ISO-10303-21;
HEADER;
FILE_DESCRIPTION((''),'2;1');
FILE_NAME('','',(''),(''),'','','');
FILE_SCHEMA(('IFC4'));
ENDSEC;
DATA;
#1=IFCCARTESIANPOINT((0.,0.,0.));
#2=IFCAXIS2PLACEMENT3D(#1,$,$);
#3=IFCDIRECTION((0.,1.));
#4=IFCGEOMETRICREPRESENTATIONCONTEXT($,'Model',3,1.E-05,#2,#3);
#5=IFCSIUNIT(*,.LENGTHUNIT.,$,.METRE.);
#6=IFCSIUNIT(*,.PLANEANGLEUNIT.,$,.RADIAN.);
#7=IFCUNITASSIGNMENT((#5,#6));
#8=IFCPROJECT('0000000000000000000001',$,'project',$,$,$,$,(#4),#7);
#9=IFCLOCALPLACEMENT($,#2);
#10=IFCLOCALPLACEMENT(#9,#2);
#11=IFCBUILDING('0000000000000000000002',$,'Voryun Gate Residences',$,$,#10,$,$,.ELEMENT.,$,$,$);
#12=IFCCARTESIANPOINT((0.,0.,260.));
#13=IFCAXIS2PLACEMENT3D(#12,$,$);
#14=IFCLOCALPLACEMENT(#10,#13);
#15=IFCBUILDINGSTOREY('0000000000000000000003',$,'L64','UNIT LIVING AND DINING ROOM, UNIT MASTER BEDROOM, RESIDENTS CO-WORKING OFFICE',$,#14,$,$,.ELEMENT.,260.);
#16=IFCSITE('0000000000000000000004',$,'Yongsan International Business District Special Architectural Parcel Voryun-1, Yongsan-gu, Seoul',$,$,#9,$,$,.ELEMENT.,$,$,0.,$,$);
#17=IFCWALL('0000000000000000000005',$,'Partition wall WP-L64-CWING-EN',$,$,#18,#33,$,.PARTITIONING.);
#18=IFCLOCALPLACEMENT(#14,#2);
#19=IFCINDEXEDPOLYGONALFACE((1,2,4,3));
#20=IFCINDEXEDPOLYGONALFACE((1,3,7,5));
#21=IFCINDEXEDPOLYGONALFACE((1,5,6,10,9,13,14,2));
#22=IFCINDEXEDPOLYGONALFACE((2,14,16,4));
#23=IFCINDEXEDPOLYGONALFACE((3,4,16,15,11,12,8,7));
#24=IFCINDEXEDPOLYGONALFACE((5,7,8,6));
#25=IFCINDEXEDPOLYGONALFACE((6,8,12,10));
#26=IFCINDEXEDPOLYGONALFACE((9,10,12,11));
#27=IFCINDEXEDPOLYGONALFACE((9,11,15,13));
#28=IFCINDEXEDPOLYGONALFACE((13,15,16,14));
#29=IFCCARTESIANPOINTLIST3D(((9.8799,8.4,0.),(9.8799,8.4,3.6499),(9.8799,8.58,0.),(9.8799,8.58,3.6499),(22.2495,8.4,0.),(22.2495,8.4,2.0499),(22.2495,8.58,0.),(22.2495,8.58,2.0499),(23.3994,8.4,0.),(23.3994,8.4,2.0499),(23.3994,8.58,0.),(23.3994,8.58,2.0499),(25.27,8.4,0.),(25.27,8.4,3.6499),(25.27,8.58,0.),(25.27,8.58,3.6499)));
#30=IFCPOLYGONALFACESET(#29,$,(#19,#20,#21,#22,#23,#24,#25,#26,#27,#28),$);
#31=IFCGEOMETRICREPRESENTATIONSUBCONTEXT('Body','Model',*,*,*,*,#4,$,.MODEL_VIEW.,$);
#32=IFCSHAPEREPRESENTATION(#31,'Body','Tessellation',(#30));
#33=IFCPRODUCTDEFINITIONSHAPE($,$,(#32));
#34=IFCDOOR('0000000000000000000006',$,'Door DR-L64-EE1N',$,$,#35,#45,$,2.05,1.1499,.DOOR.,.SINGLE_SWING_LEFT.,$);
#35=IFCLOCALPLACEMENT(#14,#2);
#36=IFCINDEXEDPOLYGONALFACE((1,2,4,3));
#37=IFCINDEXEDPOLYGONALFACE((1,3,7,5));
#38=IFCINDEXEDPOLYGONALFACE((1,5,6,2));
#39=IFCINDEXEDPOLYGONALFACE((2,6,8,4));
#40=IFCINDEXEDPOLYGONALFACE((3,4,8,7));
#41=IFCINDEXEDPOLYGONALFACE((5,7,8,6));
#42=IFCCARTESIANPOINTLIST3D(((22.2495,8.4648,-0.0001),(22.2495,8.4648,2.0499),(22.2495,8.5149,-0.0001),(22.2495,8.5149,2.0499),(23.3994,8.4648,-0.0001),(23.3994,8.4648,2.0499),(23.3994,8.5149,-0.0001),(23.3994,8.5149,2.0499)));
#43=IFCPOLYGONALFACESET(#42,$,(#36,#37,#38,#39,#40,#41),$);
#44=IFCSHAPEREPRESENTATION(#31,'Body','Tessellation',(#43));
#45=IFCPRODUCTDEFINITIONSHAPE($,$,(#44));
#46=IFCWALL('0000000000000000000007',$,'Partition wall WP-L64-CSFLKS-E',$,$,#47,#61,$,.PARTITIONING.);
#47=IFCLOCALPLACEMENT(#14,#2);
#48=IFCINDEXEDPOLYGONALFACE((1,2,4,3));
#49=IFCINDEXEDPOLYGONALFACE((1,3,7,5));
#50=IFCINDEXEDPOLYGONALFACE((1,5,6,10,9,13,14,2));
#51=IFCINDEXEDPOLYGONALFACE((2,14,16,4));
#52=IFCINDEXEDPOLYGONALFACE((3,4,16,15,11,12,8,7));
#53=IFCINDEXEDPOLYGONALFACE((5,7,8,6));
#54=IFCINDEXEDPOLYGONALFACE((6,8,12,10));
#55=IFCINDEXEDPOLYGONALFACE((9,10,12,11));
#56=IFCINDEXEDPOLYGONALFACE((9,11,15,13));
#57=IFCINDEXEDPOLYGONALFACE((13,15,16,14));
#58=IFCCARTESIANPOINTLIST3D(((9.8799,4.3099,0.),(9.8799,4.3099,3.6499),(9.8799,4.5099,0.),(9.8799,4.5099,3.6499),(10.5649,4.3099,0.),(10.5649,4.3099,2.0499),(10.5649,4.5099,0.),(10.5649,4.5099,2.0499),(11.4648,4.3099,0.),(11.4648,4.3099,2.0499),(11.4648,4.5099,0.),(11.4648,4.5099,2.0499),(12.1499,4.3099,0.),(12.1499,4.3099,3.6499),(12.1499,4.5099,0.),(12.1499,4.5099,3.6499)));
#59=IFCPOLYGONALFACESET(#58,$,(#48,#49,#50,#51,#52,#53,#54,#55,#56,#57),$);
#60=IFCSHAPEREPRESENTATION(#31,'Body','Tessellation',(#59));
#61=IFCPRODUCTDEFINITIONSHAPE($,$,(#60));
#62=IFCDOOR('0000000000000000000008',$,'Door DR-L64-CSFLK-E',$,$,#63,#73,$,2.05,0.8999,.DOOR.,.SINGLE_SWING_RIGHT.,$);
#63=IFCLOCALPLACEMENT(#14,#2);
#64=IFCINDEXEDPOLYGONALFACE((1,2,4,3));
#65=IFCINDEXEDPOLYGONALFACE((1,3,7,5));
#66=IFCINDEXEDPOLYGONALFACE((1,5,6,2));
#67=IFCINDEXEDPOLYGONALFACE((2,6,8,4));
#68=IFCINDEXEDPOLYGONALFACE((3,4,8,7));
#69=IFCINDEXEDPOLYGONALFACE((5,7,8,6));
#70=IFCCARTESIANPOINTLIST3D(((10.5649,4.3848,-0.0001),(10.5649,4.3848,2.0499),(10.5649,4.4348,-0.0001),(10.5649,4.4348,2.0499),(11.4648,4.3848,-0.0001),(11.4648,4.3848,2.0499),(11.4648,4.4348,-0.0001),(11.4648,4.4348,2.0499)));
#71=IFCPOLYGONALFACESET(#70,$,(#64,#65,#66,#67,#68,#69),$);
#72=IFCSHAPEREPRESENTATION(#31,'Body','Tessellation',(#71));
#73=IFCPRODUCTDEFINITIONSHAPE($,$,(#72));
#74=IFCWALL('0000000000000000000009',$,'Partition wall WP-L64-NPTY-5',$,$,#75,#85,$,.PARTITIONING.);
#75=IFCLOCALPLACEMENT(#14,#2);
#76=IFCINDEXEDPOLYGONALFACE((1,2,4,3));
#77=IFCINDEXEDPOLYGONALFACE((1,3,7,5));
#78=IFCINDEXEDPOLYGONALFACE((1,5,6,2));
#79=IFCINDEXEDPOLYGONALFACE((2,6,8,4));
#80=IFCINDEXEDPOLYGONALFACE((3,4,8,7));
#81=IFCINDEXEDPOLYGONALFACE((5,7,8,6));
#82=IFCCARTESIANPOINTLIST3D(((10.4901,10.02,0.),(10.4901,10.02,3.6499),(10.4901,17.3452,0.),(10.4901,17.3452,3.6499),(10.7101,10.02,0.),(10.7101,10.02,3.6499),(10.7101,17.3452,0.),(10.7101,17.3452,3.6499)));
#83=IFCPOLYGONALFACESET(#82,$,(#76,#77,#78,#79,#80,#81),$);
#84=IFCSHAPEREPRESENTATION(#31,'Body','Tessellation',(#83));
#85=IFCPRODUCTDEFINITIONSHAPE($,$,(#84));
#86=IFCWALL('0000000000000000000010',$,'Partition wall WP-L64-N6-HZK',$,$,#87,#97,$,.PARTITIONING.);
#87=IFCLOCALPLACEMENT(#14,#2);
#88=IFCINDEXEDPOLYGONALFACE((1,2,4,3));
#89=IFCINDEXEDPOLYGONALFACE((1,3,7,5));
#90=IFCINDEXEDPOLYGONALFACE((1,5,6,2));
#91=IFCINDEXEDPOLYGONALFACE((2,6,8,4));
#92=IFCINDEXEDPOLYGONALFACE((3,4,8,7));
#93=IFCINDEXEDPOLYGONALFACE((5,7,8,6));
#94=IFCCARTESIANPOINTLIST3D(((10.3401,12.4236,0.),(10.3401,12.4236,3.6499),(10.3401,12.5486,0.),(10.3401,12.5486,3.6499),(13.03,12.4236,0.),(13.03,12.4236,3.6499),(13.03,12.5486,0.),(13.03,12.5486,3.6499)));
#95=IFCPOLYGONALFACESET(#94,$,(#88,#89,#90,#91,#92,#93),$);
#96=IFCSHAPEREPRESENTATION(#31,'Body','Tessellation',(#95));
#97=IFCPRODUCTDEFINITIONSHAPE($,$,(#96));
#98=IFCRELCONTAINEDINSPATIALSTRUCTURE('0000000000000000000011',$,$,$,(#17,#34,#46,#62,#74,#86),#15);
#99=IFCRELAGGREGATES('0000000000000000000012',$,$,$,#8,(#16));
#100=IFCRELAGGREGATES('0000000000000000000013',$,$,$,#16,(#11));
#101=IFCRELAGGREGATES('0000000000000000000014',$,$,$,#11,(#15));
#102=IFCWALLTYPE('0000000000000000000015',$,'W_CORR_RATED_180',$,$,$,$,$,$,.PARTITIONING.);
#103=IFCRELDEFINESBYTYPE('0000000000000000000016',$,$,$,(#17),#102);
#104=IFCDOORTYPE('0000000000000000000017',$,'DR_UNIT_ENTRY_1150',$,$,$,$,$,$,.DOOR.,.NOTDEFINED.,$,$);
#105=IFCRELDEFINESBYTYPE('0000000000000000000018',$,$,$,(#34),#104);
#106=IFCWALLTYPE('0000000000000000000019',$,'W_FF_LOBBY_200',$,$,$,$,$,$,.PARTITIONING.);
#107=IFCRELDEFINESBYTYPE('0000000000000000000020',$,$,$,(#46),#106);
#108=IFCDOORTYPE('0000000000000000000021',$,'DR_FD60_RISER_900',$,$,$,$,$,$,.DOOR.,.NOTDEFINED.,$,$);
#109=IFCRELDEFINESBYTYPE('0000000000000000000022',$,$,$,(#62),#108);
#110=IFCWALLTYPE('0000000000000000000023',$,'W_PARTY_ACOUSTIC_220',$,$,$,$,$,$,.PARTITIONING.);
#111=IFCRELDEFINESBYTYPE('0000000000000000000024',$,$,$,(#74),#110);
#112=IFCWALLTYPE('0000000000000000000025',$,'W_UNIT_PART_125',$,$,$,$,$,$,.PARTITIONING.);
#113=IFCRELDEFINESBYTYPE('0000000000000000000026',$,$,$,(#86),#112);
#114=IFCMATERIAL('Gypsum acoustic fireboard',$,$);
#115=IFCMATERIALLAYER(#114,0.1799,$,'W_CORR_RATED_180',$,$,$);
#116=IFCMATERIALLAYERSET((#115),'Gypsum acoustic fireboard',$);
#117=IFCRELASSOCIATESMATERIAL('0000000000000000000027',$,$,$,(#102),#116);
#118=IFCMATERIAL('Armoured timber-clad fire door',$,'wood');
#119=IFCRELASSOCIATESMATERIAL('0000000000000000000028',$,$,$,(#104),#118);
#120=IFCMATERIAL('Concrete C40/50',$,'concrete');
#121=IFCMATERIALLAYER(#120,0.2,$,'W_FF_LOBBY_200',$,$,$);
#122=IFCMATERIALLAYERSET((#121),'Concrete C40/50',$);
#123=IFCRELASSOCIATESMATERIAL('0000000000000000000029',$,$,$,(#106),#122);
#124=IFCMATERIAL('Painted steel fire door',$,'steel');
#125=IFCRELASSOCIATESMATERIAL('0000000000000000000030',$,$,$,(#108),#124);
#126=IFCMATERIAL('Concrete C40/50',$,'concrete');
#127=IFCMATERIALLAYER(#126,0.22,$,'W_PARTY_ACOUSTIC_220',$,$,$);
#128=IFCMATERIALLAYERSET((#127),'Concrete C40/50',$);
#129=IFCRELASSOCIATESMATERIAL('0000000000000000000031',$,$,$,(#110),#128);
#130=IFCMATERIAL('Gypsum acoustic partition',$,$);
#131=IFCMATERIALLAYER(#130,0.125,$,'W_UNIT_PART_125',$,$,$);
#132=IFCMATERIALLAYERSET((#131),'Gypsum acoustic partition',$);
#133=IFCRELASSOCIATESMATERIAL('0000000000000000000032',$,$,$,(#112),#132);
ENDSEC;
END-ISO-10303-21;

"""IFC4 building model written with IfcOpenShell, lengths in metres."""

from ifc_helpers import new_model, si_unit, direction, frame, frame_2d, origin, place, context, subcontext, project, spatial, rectangle, extrude, material, layer, layer_set, type_object, element, fill, save


model = new_model("IFC4")

# Units and contexts
model_context = context("Model", 3, precision=1e-05, world=origin(), true_north=direction((0.0, 1.0)))
body_context = subcontext(model_context, "Body", "Model", "MODEL_VIEW")
ifc_project = project(units=[si_unit("LENGTHUNIT", "METRE"), si_unit("PLANEANGLEUNIT", "RADIAN")], contexts=[model_context])

# Site, building, storey
site_placement = place(None, origin())
site = spatial("IfcSite", under=ifc_project, at=site_placement, Name="Yongsan International Business District Special Architectural Parcel Voryun-1, Yongsan-gu, Seoul", CompositionType="ELEMENT", RefElevation=0.0)
building_placement = place(site_placement, origin())
building = spatial("IfcBuilding", under=site, at=building_placement, Name="Voryun Gate Residences", CompositionType="ELEMENT")
storey_placement = place(building_placement, frame((0.0, 0.0, 260.0)))
storey = spatial("IfcBuildingStorey", under=building, at=storey_placement, Name="L64", Description="UNIT LIVING AND DINING ROOM, UNIT MASTER BEDROOM, RESIDENTS CO-WORKING OFFICE", CompositionType="ELEMENT", Elevation=260.0)

# Shared definitions
ifc_material_1 = material(Name="Gypsum acoustic fireboard")
ifc_layer_1 = layer(ifc_material_1, 0.1799, Name="W_CORR_RATED_180")
ifc_layer_set_1 = layer_set([ifc_layer_1], Name="Gypsum acoustic fireboard")
wall_type_1 = type_object("IfcWallType", Name="W_CORR_RATED_180", PredefinedType="PARTITIONING", material=ifc_layer_set_1)

# Walls, openings, doors
wall_1_placement = place(storey_placement, frame((9.8799, 8.49, 0.0), z_axis=(0.0, 0.0, 1.0), x_axis=(1.0, 0.0, 0.0)))
wall_1 = element("IfcWall", 1, at=wall_1_placement, inside=storey, type_object=wall_type_1, Name="Partition wall WP-L64-CWING-EN", PredefinedType="PARTITIONING", context=body_context, shape_type="SweptSolid", body=[
    extrude(rectangle(XDim=15.3901, YDim=0.1799, at=frame_2d((7.6951, 0.0))), origin(), (0.0, 0.0, 1.0), 3.6499),
])
opening_1_placement = place(wall_1_placement, frame((12.3696, 0.0, 0.0)))
opening_1 = element("IfcOpeningElement", 2, at=opening_1_placement, cuts=wall_1, PredefinedType="OPENING", context=body_context, shape_type="SweptSolid", body=[
    extrude(rectangle(XDim=1.1499, YDim=2.05, at=frame_2d((0.575, 1.0249))), frame((0.0, 0.0999, 0.0), z_axis=(0.0, -1.0, 0.0), x_axis=(1.0, 0.0, 0.0)), (0.0, 0.0, 1.0), 0.2),
])
ifc_material_2 = material(Name="Armoured timber-clad fire door", Category="wood")
door_type_1 = type_object("IfcDoorType", Name="DR_UNIT_ENTRY_1150", OperationType="NOTDEFINED", PredefinedType="DOOR", material=ifc_material_2)
door_1_placement = place(opening_1_placement, origin())
door_1 = element("IfcDoor", 3, at=door_1_placement, inside=storey, type_object=door_type_1, Name="Door DR-L64-EE1N", OperationType="SINGLE_SWING_LEFT", OverallHeight=2.05, OverallWidth=1.1499, PredefinedType="DOOR", context=body_context, shape_type="SweptSolid", body=[
    extrude(rectangle(XDim=1.1499, YDim=2.05, at=frame_2d((0.575, 1.0249))), frame((0.0, 0.0249, 0.0), z_axis=(0.0, -1.0, 0.0), x_axis=(1.0, 0.0, 0.0)), (0.0, 0.0, 1.0), 0.05),
])
fill(opening_1, door_1)
ifc_material_3 = material(Name="Concrete C40/50", Category="concrete")
ifc_layer_2 = layer(ifc_material_3, 0.2, Name="W_FF_LOBBY_200")
ifc_layer_set_2 = layer_set([ifc_layer_2], Name="Concrete C40/50")
wall_type_2 = type_object("IfcWallType", Name="W_FF_LOBBY_200", PredefinedType="PARTITIONING", material=ifc_layer_set_2)
wall_2_placement = place(storey_placement, frame((9.8799, 4.4099, 0.0), z_axis=(0.0, 0.0, 1.0), x_axis=(1.0, 0.0, 0.0)))
wall_2 = element("IfcWall", 4, at=wall_2_placement, inside=storey, type_object=wall_type_2, Name="Partition wall WP-L64-CSFLKS-E", PredefinedType="PARTITIONING", context=body_context, shape_type="SweptSolid", body=[
    extrude(rectangle(XDim=2.27, YDim=0.2, at=frame_2d((1.135, 0.0))), origin(), (0.0, 0.0, 1.0), 3.6499),
])
opening_2_placement = place(wall_2_placement, frame((0.6851, 0.0, 0.0)))
opening_2 = element("IfcOpeningElement", 5, at=opening_2_placement, cuts=wall_2, PredefinedType="OPENING", context=body_context, shape_type="SweptSolid", body=[
    extrude(rectangle(XDim=0.8999, YDim=2.05, at=frame_2d((0.45, 1.0249))), frame((0.0, 0.1101, 0.0), z_axis=(0.0, -1.0, 0.0), x_axis=(1.0, 0.0, 0.0)), (0.0, 0.0, 1.0), 0.22),
])
ifc_material_4 = material(Name="Painted steel fire door", Category="steel")
door_type_2 = type_object("IfcDoorType", Name="DR_FD60_RISER_900", OperationType="NOTDEFINED", PredefinedType="DOOR", material=ifc_material_4)
door_2_placement = place(opening_2_placement, origin())
door_2 = element("IfcDoor", 6, at=door_2_placement, inside=storey, type_object=door_type_2, Name="Door DR-L64-CSFLK-E", OperationType="SINGLE_SWING_RIGHT", OverallHeight=2.05, OverallWidth=0.8999, PredefinedType="DOOR", context=body_context, shape_type="SweptSolid", body=[
    extrude(rectangle(XDim=0.8999, YDim=2.05, at=frame_2d((0.45, 1.0249))), frame((0.0, 0.0249, 0.0), z_axis=(0.0, -1.0, 0.0), x_axis=(1.0, 0.0, 0.0)), (0.0, 0.0, 1.0), 0.05),
])
fill(opening_2, door_2)

# Walls
ifc_material_5 = material(Name="Concrete C40/50", Category="concrete")
ifc_layer_3 = layer(ifc_material_5, 0.22, Name="W_PARTY_ACOUSTIC_220")
ifc_layer_set_3 = layer_set([ifc_layer_3], Name="Concrete C40/50")
wall_type_3 = type_object("IfcWallType", Name="W_PARTY_ACOUSTIC_220", PredefinedType="PARTITIONING", material=ifc_layer_set_3)
wall_3_placement = place(storey_placement, frame((10.6001, 10.02, 0.0), z_axis=(0.0, 0.0, 1.0), x_axis=(0.0, 1.0, 0.0)))
element("IfcWall", 7, at=wall_3_placement, inside=storey, type_object=wall_type_3, Name="Partition wall WP-L64-NPTY-5", PredefinedType="PARTITIONING", context=body_context, shape_type="SweptSolid", body=[
    extrude(rectangle(XDim=7.3252, YDim=0.22, at=frame_2d((3.6626, 0.0))), origin(), (0.0, 0.0, 1.0), 3.6499),
])
ifc_material_6 = material(Name="Gypsum acoustic partition")
ifc_layer_4 = layer(ifc_material_6, 0.125, Name="W_UNIT_PART_125")
ifc_layer_set_4 = layer_set([ifc_layer_4], Name="Gypsum acoustic partition")
wall_type_4 = type_object("IfcWallType", Name="W_UNIT_PART_125", PredefinedType="PARTITIONING", material=ifc_layer_set_4)
wall_4_placement = place(storey_placement, frame((10.3401, 12.4861, 0.0), z_axis=(0.0, 0.0, 1.0), x_axis=(1.0, 0.0, 0.0)))
element("IfcWall", 8, at=wall_4_placement, inside=storey, type_object=wall_type_4, Name="Partition wall WP-L64-N6-HZK", PredefinedType="PARTITIONING", context=body_context, shape_type="SweptSolid", body=[
    extrude(rectangle(XDim=2.6899, YDim=0.125, at=frame_2d((1.345, 0.0))), origin(), (0.0, 0.0, 1.0), 3.6499),
])

save(model, "model.ifc")
